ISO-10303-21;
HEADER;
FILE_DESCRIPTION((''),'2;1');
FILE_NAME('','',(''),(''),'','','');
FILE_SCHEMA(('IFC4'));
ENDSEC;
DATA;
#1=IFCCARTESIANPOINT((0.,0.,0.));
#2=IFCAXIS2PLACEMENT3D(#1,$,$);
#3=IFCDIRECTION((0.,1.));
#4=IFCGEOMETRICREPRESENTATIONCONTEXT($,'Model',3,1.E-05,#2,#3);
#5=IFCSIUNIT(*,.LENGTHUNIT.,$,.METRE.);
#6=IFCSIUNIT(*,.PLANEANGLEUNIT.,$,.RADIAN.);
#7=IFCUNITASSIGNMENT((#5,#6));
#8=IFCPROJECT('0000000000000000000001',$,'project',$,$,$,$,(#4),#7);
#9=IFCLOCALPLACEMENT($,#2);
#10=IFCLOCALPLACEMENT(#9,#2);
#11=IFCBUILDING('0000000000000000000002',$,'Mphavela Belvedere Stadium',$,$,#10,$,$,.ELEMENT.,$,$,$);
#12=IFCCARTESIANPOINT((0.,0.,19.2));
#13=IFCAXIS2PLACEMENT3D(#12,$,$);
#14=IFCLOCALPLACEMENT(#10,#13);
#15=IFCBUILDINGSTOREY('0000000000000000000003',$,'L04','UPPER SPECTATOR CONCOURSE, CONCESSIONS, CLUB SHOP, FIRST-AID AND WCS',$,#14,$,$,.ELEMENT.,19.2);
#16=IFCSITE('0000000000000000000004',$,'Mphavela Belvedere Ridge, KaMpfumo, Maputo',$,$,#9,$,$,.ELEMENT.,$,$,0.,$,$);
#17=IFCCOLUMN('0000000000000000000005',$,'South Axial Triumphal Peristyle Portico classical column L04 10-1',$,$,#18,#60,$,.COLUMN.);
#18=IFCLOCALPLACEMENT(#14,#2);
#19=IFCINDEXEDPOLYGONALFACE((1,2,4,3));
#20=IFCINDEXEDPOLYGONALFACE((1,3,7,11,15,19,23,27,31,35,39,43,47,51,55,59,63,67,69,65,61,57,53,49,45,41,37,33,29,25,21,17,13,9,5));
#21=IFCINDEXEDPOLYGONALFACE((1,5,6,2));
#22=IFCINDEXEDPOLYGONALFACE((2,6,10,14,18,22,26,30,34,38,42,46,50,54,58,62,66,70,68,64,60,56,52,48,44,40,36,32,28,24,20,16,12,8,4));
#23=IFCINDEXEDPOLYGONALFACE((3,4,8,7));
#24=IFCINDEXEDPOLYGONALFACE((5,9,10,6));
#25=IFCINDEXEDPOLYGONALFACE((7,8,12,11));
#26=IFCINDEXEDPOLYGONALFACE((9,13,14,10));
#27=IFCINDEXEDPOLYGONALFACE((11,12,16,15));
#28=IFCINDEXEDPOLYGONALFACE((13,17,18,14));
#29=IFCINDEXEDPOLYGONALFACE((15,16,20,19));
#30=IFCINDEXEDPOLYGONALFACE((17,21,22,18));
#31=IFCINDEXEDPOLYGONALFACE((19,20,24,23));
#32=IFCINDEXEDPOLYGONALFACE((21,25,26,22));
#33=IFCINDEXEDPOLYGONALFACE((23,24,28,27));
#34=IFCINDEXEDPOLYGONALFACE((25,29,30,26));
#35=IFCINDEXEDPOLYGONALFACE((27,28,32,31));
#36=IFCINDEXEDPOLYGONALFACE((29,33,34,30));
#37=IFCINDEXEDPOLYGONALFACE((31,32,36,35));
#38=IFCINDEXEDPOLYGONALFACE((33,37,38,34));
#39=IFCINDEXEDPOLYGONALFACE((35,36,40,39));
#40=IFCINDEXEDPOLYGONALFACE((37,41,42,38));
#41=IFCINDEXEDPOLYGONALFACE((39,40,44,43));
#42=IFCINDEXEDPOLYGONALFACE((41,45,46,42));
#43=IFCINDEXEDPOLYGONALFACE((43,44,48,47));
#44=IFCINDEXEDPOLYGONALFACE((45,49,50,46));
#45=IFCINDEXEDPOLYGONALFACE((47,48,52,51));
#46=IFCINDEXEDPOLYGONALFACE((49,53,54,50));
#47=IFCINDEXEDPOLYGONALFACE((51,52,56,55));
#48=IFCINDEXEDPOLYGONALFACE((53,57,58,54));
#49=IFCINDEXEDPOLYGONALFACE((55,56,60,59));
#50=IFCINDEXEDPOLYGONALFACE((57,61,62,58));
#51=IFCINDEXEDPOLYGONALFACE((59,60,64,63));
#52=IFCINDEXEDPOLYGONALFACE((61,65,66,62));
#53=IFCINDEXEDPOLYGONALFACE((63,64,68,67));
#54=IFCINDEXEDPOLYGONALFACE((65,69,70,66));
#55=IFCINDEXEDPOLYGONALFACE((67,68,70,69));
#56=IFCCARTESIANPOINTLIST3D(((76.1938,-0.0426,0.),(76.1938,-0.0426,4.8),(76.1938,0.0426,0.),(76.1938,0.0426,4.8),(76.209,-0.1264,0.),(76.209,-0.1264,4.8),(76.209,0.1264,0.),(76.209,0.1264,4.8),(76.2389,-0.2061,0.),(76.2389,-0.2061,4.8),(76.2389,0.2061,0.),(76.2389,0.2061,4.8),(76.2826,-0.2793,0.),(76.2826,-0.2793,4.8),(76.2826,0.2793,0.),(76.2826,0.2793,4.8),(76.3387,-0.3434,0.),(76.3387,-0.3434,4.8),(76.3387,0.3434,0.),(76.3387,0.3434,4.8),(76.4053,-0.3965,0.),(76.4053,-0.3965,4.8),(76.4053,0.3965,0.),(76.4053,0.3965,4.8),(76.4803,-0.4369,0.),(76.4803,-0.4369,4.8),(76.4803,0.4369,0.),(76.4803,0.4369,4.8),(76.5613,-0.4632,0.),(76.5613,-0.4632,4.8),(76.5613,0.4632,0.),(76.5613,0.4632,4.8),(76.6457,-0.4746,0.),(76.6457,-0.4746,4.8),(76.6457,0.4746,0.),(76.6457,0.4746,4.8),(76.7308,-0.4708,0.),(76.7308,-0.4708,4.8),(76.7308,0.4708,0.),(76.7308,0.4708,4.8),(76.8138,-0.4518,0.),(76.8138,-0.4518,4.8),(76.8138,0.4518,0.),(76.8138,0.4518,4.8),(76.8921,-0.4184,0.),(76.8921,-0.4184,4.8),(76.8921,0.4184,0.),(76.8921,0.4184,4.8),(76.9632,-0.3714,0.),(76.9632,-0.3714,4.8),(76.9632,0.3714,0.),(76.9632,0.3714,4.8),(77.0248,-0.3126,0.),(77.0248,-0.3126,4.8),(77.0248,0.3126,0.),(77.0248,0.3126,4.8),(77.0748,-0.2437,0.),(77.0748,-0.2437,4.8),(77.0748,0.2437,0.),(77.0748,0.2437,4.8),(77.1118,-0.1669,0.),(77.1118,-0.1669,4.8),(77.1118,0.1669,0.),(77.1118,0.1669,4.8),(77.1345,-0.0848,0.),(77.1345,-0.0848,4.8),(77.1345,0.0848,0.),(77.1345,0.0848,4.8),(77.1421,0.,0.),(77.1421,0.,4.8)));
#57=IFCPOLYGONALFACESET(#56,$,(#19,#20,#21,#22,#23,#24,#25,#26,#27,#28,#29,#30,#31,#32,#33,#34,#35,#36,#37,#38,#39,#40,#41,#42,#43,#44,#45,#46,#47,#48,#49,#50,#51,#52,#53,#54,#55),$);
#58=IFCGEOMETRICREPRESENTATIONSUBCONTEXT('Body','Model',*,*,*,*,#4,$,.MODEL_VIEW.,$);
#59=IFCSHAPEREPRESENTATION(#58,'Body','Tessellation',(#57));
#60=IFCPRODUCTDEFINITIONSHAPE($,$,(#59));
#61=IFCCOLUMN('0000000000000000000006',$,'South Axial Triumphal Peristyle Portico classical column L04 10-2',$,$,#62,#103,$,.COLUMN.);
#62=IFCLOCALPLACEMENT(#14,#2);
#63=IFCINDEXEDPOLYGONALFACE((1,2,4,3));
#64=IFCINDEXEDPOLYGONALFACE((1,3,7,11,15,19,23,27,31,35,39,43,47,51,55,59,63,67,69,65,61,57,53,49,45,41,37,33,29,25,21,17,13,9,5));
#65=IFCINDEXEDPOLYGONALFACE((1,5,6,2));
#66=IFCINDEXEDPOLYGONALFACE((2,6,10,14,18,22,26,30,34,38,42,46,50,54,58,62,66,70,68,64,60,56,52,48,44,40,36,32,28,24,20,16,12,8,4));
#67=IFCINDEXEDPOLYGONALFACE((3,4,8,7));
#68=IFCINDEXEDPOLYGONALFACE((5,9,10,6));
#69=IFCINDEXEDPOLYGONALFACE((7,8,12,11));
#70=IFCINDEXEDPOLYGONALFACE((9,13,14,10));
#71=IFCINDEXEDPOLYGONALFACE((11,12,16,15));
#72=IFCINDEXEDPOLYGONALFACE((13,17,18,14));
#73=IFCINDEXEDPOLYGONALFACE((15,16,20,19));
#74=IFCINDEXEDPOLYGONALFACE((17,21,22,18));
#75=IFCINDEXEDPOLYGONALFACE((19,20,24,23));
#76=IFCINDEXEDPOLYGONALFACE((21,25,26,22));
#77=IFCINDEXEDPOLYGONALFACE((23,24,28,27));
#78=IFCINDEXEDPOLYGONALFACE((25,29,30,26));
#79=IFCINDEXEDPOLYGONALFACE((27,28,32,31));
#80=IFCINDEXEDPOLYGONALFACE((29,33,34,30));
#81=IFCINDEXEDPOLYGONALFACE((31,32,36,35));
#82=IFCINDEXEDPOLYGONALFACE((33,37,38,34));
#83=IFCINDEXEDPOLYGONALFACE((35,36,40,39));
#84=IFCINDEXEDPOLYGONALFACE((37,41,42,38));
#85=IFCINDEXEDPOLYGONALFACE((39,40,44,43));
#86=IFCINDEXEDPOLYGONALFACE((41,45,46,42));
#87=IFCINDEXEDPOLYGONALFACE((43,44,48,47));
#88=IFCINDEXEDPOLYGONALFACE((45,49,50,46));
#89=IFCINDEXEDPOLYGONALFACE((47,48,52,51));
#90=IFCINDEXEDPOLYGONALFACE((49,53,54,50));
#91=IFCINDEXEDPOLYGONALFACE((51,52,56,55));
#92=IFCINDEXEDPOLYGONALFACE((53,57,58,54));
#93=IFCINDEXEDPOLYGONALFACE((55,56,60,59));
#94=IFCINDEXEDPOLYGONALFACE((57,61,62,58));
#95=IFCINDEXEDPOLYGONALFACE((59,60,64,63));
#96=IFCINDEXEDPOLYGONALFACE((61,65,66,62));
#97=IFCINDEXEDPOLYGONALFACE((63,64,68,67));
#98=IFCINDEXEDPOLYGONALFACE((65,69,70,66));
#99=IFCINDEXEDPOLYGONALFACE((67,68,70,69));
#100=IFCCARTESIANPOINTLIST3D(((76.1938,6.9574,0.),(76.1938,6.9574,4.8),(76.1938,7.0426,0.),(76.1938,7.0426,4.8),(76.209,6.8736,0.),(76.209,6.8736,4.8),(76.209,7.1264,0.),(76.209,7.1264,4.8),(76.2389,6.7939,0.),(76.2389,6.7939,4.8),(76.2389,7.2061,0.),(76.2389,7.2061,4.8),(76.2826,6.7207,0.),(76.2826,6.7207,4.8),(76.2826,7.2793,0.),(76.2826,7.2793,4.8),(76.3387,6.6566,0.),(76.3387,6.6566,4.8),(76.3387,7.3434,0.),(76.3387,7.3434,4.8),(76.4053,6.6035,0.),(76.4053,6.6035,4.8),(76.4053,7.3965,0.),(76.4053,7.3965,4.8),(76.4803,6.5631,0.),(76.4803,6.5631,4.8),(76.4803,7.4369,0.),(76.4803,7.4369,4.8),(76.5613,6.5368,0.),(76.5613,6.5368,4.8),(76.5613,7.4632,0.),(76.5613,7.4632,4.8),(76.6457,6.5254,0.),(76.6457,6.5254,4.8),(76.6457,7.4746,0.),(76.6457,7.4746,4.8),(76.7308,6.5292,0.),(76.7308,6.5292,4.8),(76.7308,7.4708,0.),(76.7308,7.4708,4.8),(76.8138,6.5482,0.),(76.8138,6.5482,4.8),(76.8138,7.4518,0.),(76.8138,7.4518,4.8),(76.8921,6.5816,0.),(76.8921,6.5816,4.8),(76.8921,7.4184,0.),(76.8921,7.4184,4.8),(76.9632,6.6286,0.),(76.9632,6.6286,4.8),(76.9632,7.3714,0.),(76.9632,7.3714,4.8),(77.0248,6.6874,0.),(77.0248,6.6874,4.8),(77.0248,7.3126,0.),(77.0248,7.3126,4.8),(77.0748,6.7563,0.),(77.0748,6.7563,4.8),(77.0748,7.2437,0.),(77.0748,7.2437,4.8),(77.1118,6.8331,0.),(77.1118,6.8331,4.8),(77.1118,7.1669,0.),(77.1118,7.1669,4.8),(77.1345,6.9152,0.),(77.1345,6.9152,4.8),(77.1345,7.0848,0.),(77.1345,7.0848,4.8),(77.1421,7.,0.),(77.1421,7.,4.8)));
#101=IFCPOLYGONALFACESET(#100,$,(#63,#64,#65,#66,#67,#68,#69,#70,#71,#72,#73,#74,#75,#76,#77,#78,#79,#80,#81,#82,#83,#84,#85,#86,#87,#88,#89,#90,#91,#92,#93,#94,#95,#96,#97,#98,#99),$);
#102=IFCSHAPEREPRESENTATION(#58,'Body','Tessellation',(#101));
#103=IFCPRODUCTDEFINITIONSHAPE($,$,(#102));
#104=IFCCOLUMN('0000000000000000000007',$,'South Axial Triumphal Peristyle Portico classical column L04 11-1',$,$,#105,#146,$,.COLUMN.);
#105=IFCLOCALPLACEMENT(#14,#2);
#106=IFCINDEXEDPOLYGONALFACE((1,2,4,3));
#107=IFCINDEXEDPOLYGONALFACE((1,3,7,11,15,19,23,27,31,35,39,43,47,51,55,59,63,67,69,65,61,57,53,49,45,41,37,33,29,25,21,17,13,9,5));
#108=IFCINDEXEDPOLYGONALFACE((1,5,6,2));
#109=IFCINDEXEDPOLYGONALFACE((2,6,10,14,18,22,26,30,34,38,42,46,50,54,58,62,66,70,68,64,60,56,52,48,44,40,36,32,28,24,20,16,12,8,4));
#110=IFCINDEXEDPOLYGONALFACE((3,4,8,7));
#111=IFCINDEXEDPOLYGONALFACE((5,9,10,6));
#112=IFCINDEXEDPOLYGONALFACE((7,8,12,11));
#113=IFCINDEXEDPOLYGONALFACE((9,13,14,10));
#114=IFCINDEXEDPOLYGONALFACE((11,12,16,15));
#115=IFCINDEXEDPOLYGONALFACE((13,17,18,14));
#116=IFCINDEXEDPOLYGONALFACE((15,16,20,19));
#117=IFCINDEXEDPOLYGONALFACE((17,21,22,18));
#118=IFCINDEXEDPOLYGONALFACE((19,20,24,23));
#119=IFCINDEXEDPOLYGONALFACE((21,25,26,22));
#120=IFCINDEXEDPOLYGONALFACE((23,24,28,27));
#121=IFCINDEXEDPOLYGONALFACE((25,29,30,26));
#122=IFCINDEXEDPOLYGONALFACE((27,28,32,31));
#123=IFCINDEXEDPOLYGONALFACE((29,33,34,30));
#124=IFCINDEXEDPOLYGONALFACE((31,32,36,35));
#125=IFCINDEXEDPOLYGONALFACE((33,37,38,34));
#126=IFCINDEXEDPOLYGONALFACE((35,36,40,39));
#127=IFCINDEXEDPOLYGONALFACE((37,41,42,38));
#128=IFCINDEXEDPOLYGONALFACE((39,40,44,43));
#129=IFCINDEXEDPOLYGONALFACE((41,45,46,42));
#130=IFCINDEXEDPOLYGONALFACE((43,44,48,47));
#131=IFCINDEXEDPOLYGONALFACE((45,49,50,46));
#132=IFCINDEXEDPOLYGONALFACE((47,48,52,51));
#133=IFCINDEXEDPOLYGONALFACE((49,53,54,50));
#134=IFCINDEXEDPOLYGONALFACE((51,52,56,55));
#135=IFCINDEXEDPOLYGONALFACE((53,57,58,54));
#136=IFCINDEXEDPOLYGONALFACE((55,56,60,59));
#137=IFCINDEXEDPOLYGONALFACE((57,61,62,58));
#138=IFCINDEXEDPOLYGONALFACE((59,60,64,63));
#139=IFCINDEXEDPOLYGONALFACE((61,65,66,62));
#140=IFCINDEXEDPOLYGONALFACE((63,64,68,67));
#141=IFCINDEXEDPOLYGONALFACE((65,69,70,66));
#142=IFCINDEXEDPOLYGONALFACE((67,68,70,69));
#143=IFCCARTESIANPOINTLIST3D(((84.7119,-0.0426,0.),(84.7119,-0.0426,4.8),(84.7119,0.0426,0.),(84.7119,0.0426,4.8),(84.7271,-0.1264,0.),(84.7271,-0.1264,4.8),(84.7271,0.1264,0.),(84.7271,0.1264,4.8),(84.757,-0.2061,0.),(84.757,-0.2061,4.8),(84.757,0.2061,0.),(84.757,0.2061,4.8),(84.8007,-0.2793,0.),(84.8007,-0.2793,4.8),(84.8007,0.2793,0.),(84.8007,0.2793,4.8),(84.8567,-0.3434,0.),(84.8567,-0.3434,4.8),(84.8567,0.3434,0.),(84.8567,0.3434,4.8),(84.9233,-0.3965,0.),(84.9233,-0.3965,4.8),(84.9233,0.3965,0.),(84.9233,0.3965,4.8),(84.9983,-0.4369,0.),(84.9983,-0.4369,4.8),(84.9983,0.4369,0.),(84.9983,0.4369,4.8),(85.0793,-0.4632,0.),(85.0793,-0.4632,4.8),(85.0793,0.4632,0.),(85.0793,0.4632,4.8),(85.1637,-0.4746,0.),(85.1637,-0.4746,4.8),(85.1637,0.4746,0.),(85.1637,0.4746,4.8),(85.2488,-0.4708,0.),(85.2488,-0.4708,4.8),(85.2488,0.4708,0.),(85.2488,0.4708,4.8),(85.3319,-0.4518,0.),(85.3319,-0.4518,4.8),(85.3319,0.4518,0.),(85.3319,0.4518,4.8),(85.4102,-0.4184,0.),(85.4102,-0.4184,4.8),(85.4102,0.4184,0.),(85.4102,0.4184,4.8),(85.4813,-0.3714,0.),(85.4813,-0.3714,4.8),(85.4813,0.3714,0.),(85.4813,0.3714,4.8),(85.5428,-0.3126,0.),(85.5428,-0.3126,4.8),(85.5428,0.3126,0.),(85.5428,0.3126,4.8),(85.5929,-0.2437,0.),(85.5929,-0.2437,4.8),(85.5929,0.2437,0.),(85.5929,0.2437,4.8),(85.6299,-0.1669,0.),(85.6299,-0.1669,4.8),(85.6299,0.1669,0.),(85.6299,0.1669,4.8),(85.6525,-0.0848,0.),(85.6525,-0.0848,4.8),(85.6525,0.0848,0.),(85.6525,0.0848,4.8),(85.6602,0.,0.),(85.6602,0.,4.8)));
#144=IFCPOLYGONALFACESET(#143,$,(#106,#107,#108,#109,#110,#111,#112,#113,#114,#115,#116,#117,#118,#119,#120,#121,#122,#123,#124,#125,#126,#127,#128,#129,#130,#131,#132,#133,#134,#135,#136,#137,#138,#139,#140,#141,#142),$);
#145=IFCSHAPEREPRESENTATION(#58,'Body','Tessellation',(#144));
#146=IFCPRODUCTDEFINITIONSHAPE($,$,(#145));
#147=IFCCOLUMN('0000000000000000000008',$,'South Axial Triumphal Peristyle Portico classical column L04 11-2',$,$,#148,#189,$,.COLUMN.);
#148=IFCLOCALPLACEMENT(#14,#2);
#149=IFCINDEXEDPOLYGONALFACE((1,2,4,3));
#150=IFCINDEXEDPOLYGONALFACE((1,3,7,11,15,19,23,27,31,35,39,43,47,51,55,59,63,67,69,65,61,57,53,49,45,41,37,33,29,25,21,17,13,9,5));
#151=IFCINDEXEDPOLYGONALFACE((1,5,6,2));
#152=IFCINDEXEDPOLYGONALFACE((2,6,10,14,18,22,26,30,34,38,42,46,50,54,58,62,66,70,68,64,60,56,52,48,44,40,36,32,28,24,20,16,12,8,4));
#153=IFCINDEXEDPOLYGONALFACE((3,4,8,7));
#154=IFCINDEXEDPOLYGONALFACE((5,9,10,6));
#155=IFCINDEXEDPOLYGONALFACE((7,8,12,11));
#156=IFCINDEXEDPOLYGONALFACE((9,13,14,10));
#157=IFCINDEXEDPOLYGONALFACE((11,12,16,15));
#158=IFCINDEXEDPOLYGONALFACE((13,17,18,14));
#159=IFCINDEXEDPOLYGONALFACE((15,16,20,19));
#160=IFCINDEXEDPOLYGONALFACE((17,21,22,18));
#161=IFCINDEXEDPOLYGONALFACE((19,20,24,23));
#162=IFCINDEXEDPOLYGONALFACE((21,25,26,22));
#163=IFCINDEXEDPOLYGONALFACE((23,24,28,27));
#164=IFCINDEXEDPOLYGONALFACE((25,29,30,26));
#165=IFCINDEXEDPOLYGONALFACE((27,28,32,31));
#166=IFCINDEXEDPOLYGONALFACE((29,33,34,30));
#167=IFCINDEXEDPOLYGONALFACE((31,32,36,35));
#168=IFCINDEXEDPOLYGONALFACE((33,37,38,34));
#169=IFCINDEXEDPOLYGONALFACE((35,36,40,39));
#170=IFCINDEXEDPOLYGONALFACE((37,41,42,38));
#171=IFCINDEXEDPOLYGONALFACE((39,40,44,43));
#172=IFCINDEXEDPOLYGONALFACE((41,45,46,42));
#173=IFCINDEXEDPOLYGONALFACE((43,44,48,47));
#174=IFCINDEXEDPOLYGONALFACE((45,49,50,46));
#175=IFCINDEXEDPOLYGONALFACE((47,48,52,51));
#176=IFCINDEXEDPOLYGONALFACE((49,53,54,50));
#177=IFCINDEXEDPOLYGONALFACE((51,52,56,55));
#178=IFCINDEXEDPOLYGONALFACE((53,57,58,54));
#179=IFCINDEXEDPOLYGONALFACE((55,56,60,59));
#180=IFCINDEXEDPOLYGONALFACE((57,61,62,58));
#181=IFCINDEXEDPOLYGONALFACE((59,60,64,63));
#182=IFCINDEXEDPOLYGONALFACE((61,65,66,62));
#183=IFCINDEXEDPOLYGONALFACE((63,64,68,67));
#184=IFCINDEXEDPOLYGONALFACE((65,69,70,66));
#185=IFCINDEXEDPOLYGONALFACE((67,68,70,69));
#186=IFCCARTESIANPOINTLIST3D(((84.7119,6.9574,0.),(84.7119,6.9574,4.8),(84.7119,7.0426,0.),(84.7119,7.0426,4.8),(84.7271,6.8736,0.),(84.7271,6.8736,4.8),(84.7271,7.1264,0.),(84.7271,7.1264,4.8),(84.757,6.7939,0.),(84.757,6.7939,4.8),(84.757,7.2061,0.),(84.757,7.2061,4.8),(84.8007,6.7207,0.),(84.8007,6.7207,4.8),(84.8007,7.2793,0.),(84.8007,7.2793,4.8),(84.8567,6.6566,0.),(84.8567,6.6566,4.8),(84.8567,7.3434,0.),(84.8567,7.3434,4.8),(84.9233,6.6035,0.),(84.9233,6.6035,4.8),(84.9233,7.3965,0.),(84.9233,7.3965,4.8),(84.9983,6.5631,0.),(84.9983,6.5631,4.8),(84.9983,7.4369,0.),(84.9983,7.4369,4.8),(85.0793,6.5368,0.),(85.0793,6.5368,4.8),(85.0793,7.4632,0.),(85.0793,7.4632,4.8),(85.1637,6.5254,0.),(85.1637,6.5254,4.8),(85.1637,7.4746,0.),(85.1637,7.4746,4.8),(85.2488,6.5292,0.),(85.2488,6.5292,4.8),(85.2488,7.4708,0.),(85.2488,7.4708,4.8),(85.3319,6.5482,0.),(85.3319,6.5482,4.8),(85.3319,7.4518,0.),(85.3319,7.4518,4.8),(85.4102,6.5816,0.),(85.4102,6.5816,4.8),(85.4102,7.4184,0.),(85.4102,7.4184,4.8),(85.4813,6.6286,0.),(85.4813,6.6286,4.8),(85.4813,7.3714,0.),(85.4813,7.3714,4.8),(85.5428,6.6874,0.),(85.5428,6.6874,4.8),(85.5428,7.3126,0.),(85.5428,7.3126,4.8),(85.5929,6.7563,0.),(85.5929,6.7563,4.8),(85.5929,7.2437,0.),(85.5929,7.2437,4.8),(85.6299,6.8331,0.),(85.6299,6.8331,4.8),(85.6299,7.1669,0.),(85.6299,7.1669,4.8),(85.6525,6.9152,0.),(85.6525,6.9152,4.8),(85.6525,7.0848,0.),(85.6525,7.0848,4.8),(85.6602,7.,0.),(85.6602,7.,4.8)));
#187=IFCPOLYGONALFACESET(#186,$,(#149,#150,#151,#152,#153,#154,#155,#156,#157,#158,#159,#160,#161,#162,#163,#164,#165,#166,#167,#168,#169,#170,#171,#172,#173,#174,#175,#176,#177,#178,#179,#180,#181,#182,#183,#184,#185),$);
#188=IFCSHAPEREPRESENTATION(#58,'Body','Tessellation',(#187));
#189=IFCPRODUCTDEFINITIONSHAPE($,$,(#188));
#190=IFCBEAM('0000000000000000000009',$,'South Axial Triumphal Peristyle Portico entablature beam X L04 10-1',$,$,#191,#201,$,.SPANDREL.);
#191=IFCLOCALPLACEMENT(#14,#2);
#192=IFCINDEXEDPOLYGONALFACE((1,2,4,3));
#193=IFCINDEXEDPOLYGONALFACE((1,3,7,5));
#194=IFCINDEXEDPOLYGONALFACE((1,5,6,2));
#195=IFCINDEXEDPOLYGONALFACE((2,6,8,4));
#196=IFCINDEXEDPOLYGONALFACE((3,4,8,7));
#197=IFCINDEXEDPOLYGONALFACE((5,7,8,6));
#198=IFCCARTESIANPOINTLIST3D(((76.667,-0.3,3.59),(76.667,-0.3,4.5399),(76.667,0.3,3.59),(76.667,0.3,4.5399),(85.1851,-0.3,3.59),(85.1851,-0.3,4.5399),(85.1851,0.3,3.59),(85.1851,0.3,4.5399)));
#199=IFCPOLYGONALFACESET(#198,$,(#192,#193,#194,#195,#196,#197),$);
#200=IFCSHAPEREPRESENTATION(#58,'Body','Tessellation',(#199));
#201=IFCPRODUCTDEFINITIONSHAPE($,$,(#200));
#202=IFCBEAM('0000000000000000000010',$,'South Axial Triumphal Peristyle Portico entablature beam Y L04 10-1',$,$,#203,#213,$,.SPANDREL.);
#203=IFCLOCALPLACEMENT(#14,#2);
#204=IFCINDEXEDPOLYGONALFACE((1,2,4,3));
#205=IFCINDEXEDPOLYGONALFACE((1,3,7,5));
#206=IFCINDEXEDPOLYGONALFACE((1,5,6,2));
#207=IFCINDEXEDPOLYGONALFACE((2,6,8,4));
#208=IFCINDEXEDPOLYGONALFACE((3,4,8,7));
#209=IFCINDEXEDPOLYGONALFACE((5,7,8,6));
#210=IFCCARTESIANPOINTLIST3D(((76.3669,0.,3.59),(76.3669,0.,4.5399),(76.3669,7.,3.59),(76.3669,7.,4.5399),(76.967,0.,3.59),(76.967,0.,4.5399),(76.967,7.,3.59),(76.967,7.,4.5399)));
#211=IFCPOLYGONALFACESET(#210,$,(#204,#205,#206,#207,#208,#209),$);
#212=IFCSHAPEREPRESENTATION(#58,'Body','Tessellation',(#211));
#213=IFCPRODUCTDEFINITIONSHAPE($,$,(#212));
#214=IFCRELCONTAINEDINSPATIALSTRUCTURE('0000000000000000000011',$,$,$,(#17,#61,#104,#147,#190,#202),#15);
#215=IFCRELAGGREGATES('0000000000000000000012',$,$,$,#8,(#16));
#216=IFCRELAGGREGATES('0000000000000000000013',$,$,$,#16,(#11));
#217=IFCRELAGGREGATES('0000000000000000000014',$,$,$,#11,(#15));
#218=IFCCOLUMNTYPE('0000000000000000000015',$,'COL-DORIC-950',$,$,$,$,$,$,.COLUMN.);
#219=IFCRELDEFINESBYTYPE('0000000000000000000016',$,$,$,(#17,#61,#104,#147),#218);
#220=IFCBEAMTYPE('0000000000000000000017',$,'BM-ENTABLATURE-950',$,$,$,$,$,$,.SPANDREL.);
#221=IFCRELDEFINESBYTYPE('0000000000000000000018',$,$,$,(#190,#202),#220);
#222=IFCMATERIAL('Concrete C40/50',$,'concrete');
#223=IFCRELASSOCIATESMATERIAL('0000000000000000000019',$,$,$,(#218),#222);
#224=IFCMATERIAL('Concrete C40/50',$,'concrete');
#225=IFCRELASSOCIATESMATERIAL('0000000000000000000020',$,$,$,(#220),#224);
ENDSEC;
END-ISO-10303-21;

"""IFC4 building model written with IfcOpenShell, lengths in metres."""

from ifc_helpers import new_model, si_unit, direction, frame, origin, origin_2d, place, context, subcontext, project, spatial, rectangle, circle, extrude, material, material_profile, profile_set, type_object, element, save


model = new_model("IFC4")

# Units and contexts
model_context = context("Model", 3, precision=1e-05, world=origin(), true_north=direction((0.0, 1.0)))
body_context = subcontext(model_context, "Body", "Model", "MODEL_VIEW")
ifc_project = project(units=[si_unit("LENGTHUNIT", "METRE"), si_unit("PLANEANGLEUNIT", "RADIAN")], contexts=[model_context])

# Site, building, storey
site_placement = place(None, origin())
site = spatial("IfcSite", under=ifc_project, at=site_placement, Name="Mphavela Belvedere Ridge, KaMpfumo, Maputo", CompositionType="ELEMENT", RefElevation=0.0)
building_placement = place(site_placement, origin())
building = spatial("IfcBuilding", under=site, at=building_placement, Name="Mphavela Belvedere Stadium", CompositionType="ELEMENT")
storey_placement = place(building_placement, frame((0.0, 0.0, 19.2)))
storey = spatial("IfcBuildingStorey", under=building, at=storey_placement, Name="L04", Description="UPPER SPECTATOR CONCOURSE, CONCESSIONS, CLUB SHOP, FIRST-AID AND WCS", CompositionType="ELEMENT", Elevation=19.2)

# Columns
ifc_material_1 = material(Name="Concrete C40/50", Category="concrete")
ifc_material_profile_1 = material_profile(ifc_material_1, circle(Radius=0.4751, at=origin_2d()), Name="COL D950")
ifc_profile_set_1 = profile_set([ifc_material_profile_1], Name="Concrete C40/50")
column_type = type_object("IfcColumnType", Name="COL-DORIC-950", PredefinedType="COLUMN", material=ifc_profile_set_1)
for number, where, z_axis, x_axis, name in (
    (1, (76.667, 0.0, 0.0), (0.0, 0.0, 1.0), (1.0, 0.0, 0.0), "South Axial Triumphal Peristyle Portico classical column L04 10-1"),
    (2, (76.667, 7.0, 0.0), (0.0, 0.0, 1.0), (1.0, 0.0, 0.0), "South Axial Triumphal Peristyle Portico classical column L04 10-2"),
    (3, (85.1851, 0.0, 0.0), (0.0, 0.0, 1.0), (1.0, 0.0, 0.0), "South Axial Triumphal Peristyle Portico classical column L04 11-1"),
    (4, (85.1851, 7.0, 0.0), (0.0, 0.0, 1.0), (1.0, 0.0, 0.0), "South Axial Triumphal Peristyle Portico classical column L04 11-2"),
):
    element("IfcColumn", number, at=place(storey_placement, frame(where, z_axis=z_axis, x_axis=x_axis)), inside=storey, type_object=column_type, Name=name, PredefinedType="COLUMN", context=body_context, shape_type="SweptSolid", body=[
        extrude(circle(Radius=0.4751, at=origin_2d()), origin(), (0.0, 0.0, 1.0), 4.8),
    ])

# Beams
ifc_material_2 = material(Name="Concrete C40/50", Category="concrete")
ifc_material_profile_2 = material_profile(ifc_material_2, rectangle(XDim=0.6001, YDim=0.95, at=origin_2d()), Name="RC 600x950")
ifc_profile_set_2 = profile_set([ifc_material_profile_2], Name="Concrete C40/50")
beam_type_1 = type_object("IfcBeamType", Name="BM-ENTABLATURE-950", PredefinedType="SPANDREL", material=ifc_profile_set_2)
beam_1_placement = place(storey_placement, frame((76.667, 0.0, 4.0649), z_axis=(1.0, 0.0, 0.0), x_axis=(0.0, 1.0, 0.0)))
element("IfcBeam", 5, at=beam_1_placement, inside=storey, type_object=beam_type_1, Name="South Axial Triumphal Peristyle Portico entablature beam X L04 10-1", PredefinedType="SPANDREL", context=body_context, shape_type="SweptSolid", body=[
    extrude(rectangle(XDim=0.6001, YDim=0.95, at=origin_2d()), origin(), (0.0, 0.0, 1.0), 8.5181),
])
beam_2_placement = place(storey_placement, frame((76.667, 0.0, 4.0649), z_axis=(0.0, 1.0, 0.0), x_axis=(-1.0, 0.0, 0.0)))
element("IfcBeam", 6, at=beam_2_placement, inside=storey, type_object=beam_type_1, Name="South Axial Triumphal Peristyle Portico entablature beam Y L04 10-1", PredefinedType="SPANDREL", context=body_context, shape_type="SweptSolid", body=[
    extrude(rectangle(XDim=0.6001, YDim=0.95, at=origin_2d()), origin(), (0.0, 0.0, 1.0), 7.0),
])

save(model, "model.ifc")
